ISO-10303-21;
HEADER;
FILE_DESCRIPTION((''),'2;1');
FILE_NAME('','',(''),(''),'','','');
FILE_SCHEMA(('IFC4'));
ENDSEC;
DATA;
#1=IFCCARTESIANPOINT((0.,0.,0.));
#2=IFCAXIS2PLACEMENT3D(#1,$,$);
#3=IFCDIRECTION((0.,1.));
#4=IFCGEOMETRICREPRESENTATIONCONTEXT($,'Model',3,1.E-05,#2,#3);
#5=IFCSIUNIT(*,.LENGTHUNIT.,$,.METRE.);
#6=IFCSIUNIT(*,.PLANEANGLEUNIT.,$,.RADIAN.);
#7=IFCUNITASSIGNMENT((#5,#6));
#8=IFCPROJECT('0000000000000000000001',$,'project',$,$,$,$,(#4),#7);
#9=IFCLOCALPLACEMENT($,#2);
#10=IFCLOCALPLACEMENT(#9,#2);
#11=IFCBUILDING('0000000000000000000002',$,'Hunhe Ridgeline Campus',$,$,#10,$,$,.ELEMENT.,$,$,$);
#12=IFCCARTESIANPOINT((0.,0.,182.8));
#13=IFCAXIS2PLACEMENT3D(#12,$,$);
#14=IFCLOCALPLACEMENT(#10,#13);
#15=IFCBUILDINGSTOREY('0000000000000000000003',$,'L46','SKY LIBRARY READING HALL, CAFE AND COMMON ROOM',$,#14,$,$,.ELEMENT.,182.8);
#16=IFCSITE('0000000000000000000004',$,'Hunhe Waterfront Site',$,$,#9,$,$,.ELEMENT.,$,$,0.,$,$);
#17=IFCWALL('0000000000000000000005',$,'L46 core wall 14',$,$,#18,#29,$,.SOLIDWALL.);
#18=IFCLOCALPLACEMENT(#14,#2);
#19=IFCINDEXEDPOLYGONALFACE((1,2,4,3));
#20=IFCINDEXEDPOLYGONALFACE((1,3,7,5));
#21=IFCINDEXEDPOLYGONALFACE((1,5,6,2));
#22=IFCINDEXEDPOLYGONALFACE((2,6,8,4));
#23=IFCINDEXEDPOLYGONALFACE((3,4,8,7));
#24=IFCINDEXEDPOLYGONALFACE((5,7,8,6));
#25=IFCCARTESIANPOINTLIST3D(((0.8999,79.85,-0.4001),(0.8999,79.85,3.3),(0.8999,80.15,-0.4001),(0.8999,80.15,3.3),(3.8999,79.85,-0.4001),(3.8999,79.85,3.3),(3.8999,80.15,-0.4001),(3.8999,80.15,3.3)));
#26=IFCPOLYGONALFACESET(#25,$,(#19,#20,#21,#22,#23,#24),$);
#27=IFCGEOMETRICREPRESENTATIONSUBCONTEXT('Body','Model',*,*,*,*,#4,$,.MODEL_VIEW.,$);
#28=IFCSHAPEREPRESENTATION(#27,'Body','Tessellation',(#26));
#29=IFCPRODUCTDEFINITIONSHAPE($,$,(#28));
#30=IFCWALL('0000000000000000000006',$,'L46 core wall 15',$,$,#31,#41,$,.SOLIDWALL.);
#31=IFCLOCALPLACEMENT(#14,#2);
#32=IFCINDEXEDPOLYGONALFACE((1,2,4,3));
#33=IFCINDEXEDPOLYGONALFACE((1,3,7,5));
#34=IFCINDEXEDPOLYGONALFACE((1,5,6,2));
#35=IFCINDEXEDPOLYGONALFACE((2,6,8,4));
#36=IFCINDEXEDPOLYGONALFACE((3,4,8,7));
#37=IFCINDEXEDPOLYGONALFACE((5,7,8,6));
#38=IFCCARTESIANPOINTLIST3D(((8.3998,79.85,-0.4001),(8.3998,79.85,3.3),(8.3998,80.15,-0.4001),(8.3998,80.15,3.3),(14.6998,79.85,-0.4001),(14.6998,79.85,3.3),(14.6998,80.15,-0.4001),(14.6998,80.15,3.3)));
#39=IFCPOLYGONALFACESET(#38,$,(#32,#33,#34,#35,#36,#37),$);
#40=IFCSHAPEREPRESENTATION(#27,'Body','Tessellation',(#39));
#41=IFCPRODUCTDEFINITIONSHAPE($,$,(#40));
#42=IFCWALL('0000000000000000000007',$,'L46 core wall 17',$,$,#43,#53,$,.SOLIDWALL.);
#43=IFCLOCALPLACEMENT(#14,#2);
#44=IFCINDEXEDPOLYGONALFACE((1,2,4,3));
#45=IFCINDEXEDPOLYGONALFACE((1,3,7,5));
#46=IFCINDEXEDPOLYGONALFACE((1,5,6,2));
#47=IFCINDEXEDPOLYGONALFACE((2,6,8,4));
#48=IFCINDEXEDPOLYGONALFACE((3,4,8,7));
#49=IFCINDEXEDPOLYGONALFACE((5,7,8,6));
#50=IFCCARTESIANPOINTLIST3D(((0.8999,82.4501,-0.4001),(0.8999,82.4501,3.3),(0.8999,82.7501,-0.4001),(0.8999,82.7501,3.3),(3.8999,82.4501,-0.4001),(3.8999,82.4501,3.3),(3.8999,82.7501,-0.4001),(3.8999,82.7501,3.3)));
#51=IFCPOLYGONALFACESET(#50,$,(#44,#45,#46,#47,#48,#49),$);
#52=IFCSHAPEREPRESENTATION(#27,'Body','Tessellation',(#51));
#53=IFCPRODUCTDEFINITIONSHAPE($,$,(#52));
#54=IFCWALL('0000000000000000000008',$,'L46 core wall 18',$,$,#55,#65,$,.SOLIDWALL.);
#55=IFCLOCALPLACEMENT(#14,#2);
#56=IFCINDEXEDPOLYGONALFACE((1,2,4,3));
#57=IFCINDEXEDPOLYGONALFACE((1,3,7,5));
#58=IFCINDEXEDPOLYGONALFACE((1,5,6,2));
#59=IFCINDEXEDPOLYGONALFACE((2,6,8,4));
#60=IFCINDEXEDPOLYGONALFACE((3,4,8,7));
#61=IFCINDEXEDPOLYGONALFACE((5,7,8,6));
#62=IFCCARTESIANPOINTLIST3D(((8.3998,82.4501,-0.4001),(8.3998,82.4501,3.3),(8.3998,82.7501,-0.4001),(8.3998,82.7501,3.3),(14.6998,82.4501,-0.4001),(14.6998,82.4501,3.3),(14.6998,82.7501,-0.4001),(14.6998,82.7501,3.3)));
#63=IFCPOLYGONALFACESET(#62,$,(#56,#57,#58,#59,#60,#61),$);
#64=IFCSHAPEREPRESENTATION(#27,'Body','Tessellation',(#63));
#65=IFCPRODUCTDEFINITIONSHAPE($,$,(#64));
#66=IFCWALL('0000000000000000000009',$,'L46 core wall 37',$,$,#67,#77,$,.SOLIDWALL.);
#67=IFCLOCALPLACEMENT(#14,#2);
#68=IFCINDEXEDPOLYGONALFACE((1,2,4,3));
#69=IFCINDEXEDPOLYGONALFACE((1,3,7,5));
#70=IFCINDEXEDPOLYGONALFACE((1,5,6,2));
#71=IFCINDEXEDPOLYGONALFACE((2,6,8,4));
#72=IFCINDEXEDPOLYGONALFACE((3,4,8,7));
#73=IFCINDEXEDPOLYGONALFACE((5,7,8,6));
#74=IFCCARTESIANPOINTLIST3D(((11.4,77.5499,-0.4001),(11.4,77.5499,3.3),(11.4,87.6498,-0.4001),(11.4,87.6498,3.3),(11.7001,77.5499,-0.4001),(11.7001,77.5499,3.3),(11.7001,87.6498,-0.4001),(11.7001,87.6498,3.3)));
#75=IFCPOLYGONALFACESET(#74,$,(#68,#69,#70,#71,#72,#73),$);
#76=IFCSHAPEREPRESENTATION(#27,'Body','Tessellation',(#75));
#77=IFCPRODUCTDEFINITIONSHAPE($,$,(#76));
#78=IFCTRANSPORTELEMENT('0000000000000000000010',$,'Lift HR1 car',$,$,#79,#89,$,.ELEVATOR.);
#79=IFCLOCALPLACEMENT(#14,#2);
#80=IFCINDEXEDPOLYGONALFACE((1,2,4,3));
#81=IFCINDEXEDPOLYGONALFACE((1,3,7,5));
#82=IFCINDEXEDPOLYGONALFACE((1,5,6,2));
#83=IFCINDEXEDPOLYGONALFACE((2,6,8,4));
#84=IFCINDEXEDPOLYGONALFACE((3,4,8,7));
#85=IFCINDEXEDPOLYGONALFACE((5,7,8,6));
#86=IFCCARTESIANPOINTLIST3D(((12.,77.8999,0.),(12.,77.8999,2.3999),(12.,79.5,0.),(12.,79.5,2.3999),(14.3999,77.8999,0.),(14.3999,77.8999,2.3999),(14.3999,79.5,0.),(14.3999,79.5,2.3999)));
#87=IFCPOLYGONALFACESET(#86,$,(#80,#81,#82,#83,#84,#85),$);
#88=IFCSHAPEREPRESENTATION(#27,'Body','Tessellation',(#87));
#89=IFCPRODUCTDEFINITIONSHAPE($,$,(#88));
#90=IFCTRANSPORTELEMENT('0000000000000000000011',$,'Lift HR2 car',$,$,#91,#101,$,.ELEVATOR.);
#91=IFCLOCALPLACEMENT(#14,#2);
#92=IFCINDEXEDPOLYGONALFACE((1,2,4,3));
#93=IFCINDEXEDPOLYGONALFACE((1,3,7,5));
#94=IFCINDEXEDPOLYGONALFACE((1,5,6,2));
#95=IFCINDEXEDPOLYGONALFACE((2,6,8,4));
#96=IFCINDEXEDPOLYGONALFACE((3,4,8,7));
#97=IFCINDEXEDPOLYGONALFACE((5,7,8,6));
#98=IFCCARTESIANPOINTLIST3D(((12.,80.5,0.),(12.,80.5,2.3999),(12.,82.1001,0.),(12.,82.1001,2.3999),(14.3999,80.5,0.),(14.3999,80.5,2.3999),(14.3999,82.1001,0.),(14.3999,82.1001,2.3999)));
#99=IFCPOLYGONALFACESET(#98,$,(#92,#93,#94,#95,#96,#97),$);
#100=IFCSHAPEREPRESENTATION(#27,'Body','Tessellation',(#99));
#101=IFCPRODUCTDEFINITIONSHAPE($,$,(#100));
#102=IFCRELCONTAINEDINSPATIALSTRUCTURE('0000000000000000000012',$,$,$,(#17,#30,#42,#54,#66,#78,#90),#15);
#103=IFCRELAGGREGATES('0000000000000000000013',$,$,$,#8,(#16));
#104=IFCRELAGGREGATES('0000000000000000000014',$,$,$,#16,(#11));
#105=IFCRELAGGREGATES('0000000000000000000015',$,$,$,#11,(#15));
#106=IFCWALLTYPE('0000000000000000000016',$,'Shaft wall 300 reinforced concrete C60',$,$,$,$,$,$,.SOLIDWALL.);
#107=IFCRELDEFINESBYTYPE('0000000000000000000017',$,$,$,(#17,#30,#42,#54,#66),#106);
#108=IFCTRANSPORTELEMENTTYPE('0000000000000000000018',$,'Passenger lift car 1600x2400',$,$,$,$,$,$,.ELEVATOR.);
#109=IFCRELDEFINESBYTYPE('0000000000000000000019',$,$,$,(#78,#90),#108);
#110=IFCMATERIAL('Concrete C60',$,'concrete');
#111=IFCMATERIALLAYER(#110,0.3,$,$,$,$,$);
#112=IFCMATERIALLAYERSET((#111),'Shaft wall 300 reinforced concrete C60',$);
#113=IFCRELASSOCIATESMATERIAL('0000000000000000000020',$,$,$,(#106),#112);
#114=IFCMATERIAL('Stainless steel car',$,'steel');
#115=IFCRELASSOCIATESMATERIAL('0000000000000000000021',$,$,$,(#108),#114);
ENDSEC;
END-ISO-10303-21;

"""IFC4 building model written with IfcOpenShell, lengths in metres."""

from ifc_helpers import new_model, si_unit, direction, frame, frame_2d, origin, origin_2d, place, context, subcontext, project, spatial, rectangle, extrude, material, layer, layer_set, type_object, element, save


model = new_model("IFC4")

# Units and contexts
model_context = context("Model", 3, precision=1e-05, world=origin(), true_north=direction((0.0, 1.0)))
body_context = subcontext(model_context, "Body", "Model", "MODEL_VIEW")
ifc_project = project(units=[si_unit("LENGTHUNIT", "METRE"), si_unit("PLANEANGLEUNIT", "RADIAN")], contexts=[model_context])

# Site, building, storey
site_placement = place(None, origin())
site = spatial("IfcSite", under=ifc_project, at=site_placement, Name="Hunhe Waterfront Site", CompositionType="ELEMENT", RefElevation=0.0)
building_placement = place(site_placement, origin())
building = spatial("IfcBuilding", under=site, at=building_placement, Name="Hunhe Ridgeline Campus", CompositionType="ELEMENT")
storey_placement = place(building_placement, frame((0.0, 0.0, 182.8)))
storey = spatial("IfcBuildingStorey", under=building, at=storey_placement, Name="L46", Description="SKY LIBRARY READING HALL, CAFE AND COMMON ROOM", CompositionType="ELEMENT", Elevation=182.8)

# Shared definitions
ifc_material_1 = material(Name="Concrete C60", Category="concrete")
ifc_layer = layer(ifc_material_1, 0.3)
ifc_layer_set = layer_set([ifc_layer], Name="Shaft wall 300 reinforced concrete C60")
wall_type = type_object("IfcWallType", Name="Shaft wall 300 reinforced concrete C60", PredefinedType="SOLIDWALL", material=ifc_layer_set)

# Walls
wall_1_placement = place(storey_placement, frame((0.8999, 80.0, -0.4001), z_axis=(0.0, 0.0, 1.0), x_axis=(1.0, 0.0, 0.0)))
element("IfcWall", 1, at=wall_1_placement, inside=storey, type_object=wall_type, Name="L46 core wall 14", PredefinedType="SOLIDWALL", context=body_context, shape_type="SweptSolid", body=[
    extrude(rectangle(XDim=3.0, YDim=0.3, at=frame_2d((1.5, 0.0))), origin(), (0.0, 0.0, 1.0), 3.7002),
])
wall_2_placement = place(storey_placement, frame((8.3999, 80.0, -0.4001), z_axis=(0.0, 0.0, 1.0), x_axis=(1.0, 0.0, 0.0)))
element("IfcWall", 2, at=wall_2_placement, inside=storey, type_object=wall_type, Name="L46 core wall 15", PredefinedType="SOLIDWALL", context=body_context, shape_type="SweptSolid", body=[
    extrude(rectangle(XDim=6.3, YDim=0.3, at=frame_2d((3.1499, 0.0))), origin(), (0.0, 0.0, 1.0), 3.7002),
])
wall_3_placement = place(storey_placement, frame((0.8999, 82.6001, -0.4001), z_axis=(0.0, 0.0, 1.0), x_axis=(1.0, 0.0, 0.0)))
element("IfcWall", 3, at=wall_3_placement, inside=storey, type_object=wall_type, Name="L46 core wall 17", PredefinedType="SOLIDWALL", context=body_context, shape_type="SweptSolid", body=[
    extrude(rectangle(XDim=3.0, YDim=0.3, at=frame_2d((1.5, 0.0))), origin(), (0.0, 0.0, 1.0), 3.7002),
])
wall_4_placement = place(storey_placement, frame((8.3999, 82.6001, -0.4001), z_axis=(0.0, 0.0, 1.0), x_axis=(1.0, 0.0, 0.0)))
element("IfcWall", 4, at=wall_4_placement, inside=storey, type_object=wall_type, Name="L46 core wall 18", PredefinedType="SOLIDWALL", context=body_context, shape_type="SweptSolid", body=[
    extrude(rectangle(XDim=6.3, YDim=0.3, at=frame_2d((3.1499, 0.0))), origin(), (0.0, 0.0, 1.0), 3.7002),
])

# Wall
wall_5_placement = place(storey_placement, frame((11.55, 77.55, -0.4001), z_axis=(0.0, 0.0, 1.0), x_axis=(0.0, 1.0, 0.0)))
element("IfcWall", 5, at=wall_5_placement, inside=storey, type_object=wall_type, Name="L46 core wall 37", PredefinedType="SOLIDWALL", context=body_context, shape_type="SweptSolid", body=[
    extrude(rectangle(XDim=10.0999, YDim=0.3, at=frame_2d((5.0498, 0.0))), origin(), (0.0, 0.0, 1.0), 3.7002),
])

# Transport elements
ifc_material_2 = material(Name="Stainless steel car", Category="steel")
transport_element_type = type_object("IfcTransportElementType", Name="Passenger lift car 1600x2400", PredefinedType="ELEVATOR", material=ifc_material_2)
for number, where, z_axis, x_axis, name in (
    (6, (13.2, 78.7, 0.0), (0.0, 0.0, 1.0), (1.0, 0.0, 0.0), "Lift HR1 car"),
    (7, (13.2, 81.3, 0.0), (0.0, 0.0, 1.0), (1.0, 0.0, 0.0), "Lift HR2 car"),
):
    element("IfcTransportElement", number, at=place(storey_placement, frame(where, z_axis=z_axis, x_axis=x_axis)), inside=storey, type_object=transport_element_type, Name=name, PredefinedType="ELEVATOR", context=body_context, shape_type="SweptSolid", body=[
        extrude(rectangle(XDim=2.3999, YDim=1.6001, at=origin_2d()), origin(), (0.0, 0.0, 1.0), 2.3999),
    ])

save(model, "model.ifc")
